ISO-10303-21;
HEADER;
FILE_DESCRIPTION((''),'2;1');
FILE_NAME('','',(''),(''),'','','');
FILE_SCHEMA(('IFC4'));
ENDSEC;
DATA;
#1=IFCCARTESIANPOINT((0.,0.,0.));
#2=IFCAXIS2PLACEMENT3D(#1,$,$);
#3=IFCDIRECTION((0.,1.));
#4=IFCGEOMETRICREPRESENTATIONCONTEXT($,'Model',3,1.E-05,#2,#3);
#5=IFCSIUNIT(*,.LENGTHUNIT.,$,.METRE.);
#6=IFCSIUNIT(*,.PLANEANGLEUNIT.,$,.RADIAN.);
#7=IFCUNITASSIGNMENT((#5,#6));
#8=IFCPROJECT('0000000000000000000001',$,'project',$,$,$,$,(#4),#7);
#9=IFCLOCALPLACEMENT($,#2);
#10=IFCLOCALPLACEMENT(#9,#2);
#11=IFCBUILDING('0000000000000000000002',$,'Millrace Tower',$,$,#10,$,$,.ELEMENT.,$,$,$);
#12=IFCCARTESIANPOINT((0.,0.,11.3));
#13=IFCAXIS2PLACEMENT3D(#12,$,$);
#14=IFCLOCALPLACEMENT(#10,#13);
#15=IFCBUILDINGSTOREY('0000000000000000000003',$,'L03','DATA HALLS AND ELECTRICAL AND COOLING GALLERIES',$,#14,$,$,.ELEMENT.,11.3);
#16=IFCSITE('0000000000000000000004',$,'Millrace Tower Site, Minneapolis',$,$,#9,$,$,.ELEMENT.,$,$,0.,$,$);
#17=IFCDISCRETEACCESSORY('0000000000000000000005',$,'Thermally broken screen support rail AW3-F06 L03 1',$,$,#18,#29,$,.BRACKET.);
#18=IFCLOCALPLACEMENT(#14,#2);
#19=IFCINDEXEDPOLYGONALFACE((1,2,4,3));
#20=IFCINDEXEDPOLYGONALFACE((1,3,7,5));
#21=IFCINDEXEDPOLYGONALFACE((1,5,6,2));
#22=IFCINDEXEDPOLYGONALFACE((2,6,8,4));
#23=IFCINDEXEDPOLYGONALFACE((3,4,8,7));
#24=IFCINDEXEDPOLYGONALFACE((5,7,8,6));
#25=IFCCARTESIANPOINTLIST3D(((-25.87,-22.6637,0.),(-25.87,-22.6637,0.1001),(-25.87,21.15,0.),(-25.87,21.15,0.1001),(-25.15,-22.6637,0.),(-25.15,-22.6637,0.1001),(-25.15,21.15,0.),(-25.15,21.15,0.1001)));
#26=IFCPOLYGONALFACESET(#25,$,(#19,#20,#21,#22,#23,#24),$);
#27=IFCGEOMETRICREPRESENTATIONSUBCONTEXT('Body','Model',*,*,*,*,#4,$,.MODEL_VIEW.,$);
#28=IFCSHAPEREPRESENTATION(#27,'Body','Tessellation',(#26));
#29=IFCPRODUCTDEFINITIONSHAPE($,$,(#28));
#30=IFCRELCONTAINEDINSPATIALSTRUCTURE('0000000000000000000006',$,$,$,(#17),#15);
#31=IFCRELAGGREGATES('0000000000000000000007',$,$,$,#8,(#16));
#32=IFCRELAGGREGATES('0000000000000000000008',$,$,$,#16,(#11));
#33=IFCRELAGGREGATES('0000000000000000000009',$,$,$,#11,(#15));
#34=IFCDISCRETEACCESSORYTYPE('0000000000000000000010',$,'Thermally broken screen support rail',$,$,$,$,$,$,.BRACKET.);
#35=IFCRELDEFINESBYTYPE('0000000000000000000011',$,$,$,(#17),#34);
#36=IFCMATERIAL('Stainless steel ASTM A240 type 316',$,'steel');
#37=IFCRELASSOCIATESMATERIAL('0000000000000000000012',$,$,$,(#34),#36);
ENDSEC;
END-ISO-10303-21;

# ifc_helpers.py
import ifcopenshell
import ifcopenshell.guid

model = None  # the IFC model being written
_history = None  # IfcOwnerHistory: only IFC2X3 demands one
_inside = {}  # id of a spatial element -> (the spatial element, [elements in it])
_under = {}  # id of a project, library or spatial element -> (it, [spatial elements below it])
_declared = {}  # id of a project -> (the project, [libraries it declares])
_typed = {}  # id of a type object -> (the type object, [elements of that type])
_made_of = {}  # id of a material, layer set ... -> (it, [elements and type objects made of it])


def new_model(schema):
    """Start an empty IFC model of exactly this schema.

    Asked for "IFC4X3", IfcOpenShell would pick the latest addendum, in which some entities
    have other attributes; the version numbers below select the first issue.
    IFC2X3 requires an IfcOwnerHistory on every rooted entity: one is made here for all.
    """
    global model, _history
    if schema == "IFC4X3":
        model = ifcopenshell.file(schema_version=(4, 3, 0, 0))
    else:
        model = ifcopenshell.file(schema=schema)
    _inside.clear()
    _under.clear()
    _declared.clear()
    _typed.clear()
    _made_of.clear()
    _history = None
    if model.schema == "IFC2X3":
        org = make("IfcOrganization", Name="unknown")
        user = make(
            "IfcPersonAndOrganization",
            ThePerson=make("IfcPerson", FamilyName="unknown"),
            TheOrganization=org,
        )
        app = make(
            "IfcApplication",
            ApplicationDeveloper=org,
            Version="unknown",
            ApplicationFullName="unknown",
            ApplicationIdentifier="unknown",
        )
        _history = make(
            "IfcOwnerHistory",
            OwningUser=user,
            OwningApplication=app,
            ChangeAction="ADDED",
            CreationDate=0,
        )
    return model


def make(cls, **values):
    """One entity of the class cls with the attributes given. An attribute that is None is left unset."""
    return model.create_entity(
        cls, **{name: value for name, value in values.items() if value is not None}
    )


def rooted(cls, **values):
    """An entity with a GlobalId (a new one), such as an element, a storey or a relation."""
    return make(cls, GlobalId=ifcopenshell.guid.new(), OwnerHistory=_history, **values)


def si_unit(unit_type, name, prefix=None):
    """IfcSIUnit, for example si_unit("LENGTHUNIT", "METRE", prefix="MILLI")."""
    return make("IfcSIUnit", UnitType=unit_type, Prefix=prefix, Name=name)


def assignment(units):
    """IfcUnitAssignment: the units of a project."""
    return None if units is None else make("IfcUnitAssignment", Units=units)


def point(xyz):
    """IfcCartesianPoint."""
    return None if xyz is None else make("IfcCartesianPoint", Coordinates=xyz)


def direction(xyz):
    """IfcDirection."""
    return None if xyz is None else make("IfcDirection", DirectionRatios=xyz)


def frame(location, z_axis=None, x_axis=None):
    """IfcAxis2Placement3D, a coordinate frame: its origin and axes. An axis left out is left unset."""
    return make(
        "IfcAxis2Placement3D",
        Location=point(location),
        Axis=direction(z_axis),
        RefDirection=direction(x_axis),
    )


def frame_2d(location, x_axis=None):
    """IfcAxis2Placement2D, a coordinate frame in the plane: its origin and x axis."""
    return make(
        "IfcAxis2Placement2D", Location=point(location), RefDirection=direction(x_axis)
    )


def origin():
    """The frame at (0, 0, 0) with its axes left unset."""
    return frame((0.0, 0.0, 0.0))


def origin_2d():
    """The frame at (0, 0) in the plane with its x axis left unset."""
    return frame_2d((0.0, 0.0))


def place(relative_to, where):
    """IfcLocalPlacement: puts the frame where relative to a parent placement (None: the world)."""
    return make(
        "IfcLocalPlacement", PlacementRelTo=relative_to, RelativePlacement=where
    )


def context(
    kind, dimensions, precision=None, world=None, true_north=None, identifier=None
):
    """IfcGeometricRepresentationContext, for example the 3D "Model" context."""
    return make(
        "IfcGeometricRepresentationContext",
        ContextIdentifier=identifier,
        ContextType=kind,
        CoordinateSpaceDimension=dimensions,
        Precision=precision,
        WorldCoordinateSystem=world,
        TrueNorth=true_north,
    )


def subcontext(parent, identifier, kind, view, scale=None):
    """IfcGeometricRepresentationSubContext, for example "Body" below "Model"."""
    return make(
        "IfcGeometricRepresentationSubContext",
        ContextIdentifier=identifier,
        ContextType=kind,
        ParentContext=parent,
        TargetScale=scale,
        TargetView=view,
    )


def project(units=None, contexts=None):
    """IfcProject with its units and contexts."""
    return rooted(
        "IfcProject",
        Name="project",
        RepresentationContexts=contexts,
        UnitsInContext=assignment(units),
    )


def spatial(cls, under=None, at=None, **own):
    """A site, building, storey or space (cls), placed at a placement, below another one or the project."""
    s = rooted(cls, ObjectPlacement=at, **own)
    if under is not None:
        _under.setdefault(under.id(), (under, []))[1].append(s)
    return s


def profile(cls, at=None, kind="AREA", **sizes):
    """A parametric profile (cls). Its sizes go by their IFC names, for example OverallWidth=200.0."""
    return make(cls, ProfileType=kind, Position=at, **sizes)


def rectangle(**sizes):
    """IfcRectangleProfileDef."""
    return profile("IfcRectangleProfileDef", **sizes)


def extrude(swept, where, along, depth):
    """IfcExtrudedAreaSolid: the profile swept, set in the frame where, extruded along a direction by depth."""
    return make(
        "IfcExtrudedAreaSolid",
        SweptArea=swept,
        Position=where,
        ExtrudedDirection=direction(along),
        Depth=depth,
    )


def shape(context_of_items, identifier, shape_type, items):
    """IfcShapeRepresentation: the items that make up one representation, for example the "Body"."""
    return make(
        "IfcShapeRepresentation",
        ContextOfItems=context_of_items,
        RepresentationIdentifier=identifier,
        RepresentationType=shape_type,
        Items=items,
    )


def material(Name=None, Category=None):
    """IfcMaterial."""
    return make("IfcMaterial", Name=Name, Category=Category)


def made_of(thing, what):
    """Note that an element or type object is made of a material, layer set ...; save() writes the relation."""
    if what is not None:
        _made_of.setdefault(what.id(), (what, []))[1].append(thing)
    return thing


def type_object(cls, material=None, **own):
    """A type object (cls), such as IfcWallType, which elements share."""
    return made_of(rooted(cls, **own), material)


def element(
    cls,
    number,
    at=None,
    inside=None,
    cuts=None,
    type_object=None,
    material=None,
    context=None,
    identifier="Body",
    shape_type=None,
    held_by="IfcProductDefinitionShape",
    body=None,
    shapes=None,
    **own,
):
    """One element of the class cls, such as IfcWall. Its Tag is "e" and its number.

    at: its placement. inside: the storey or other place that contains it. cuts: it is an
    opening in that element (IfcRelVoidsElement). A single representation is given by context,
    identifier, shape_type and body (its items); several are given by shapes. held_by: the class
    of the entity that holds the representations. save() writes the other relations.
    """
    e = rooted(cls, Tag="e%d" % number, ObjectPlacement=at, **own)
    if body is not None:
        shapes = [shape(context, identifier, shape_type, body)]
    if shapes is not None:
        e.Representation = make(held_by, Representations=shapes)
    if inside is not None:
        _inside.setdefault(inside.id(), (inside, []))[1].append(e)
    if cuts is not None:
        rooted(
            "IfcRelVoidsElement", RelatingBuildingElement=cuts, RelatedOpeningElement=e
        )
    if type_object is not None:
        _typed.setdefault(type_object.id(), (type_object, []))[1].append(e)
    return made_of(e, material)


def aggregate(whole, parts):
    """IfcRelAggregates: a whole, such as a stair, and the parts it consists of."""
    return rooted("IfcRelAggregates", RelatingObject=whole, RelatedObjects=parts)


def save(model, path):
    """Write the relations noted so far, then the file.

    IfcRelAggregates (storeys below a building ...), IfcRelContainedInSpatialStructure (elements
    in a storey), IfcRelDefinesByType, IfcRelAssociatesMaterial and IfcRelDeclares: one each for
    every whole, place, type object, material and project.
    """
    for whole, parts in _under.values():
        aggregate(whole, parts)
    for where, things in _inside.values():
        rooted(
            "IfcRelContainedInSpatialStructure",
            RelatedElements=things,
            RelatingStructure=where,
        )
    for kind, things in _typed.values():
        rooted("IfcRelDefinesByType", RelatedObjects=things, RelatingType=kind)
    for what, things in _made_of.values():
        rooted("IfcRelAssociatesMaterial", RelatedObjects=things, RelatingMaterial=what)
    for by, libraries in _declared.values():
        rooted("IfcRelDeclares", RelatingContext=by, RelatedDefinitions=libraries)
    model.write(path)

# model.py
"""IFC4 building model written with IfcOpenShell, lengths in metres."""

from ifc_helpers import new_model, si_unit, direction, frame, origin, origin_2d, place, context, subcontext, project, spatial, rectangle, extrude, material, type_object, element, save


model = new_model("IFC4")

# Units and contexts
model_context = context("Model", 3, precision=1e-05, world=origin(), true_north=direction((0.0, 1.0)))
body_context = subcontext(model_context, "Body", "Model", "MODEL_VIEW")
ifc_project = project(units=[si_unit("LENGTHUNIT", "METRE"), si_unit("PLANEANGLEUNIT", "RADIAN")], contexts=[model_context])

# Site, building, storey
site_placement = place(None, origin())
site = spatial("IfcSite", under=ifc_project, at=site_placement, Name="Millrace Tower Site, Minneapolis", CompositionType="ELEMENT", RefElevation=0.0)
building_placement = place(site_placement, origin())
building = spatial("IfcBuilding", under=site, at=building_placement, Name="Millrace Tower", CompositionType="ELEMENT")
storey_placement = place(building_placement, frame((0.0, 0.0, 11.3)))
storey = spatial("IfcBuildingStorey", under=building, at=storey_placement, Name="L03", Description="DATA HALLS AND ELECTRICAL AND COOLING GALLERIES", CompositionType="ELEMENT", Elevation=11.3)

# Discrete accessory
ifc_material_1 = material(Name="Stainless steel ASTM A240 type 316", Category="steel")
discrete_accessory_type = type_object("IfcDiscreteAccessoryType", Name="Thermally broken screen support rail", PredefinedType="BRACKET", material=ifc_material_1)
discrete_accessory_placement = place(storey_placement, frame((-25.51, -0.7568, 0.0), z_axis=(0.0, 0.0, 1.0), x_axis=(0.0, -1.0, 0.0)))
element("IfcDiscreteAccessory", 1, at=discrete_accessory_placement, inside=storey, type_object=discrete_accessory_type, Name="Thermally broken screen support rail AW3-F06 L03 1", PredefinedType="BRACKET", context=body_context, shape_type="SweptSolid", body=[
    extrude(rectangle(XDim=43.8137, YDim=0.72, at=origin_2d()), origin(), (0.0, 0.0, 1.0), 0.1001),
])

save(model, "model.ifc")
